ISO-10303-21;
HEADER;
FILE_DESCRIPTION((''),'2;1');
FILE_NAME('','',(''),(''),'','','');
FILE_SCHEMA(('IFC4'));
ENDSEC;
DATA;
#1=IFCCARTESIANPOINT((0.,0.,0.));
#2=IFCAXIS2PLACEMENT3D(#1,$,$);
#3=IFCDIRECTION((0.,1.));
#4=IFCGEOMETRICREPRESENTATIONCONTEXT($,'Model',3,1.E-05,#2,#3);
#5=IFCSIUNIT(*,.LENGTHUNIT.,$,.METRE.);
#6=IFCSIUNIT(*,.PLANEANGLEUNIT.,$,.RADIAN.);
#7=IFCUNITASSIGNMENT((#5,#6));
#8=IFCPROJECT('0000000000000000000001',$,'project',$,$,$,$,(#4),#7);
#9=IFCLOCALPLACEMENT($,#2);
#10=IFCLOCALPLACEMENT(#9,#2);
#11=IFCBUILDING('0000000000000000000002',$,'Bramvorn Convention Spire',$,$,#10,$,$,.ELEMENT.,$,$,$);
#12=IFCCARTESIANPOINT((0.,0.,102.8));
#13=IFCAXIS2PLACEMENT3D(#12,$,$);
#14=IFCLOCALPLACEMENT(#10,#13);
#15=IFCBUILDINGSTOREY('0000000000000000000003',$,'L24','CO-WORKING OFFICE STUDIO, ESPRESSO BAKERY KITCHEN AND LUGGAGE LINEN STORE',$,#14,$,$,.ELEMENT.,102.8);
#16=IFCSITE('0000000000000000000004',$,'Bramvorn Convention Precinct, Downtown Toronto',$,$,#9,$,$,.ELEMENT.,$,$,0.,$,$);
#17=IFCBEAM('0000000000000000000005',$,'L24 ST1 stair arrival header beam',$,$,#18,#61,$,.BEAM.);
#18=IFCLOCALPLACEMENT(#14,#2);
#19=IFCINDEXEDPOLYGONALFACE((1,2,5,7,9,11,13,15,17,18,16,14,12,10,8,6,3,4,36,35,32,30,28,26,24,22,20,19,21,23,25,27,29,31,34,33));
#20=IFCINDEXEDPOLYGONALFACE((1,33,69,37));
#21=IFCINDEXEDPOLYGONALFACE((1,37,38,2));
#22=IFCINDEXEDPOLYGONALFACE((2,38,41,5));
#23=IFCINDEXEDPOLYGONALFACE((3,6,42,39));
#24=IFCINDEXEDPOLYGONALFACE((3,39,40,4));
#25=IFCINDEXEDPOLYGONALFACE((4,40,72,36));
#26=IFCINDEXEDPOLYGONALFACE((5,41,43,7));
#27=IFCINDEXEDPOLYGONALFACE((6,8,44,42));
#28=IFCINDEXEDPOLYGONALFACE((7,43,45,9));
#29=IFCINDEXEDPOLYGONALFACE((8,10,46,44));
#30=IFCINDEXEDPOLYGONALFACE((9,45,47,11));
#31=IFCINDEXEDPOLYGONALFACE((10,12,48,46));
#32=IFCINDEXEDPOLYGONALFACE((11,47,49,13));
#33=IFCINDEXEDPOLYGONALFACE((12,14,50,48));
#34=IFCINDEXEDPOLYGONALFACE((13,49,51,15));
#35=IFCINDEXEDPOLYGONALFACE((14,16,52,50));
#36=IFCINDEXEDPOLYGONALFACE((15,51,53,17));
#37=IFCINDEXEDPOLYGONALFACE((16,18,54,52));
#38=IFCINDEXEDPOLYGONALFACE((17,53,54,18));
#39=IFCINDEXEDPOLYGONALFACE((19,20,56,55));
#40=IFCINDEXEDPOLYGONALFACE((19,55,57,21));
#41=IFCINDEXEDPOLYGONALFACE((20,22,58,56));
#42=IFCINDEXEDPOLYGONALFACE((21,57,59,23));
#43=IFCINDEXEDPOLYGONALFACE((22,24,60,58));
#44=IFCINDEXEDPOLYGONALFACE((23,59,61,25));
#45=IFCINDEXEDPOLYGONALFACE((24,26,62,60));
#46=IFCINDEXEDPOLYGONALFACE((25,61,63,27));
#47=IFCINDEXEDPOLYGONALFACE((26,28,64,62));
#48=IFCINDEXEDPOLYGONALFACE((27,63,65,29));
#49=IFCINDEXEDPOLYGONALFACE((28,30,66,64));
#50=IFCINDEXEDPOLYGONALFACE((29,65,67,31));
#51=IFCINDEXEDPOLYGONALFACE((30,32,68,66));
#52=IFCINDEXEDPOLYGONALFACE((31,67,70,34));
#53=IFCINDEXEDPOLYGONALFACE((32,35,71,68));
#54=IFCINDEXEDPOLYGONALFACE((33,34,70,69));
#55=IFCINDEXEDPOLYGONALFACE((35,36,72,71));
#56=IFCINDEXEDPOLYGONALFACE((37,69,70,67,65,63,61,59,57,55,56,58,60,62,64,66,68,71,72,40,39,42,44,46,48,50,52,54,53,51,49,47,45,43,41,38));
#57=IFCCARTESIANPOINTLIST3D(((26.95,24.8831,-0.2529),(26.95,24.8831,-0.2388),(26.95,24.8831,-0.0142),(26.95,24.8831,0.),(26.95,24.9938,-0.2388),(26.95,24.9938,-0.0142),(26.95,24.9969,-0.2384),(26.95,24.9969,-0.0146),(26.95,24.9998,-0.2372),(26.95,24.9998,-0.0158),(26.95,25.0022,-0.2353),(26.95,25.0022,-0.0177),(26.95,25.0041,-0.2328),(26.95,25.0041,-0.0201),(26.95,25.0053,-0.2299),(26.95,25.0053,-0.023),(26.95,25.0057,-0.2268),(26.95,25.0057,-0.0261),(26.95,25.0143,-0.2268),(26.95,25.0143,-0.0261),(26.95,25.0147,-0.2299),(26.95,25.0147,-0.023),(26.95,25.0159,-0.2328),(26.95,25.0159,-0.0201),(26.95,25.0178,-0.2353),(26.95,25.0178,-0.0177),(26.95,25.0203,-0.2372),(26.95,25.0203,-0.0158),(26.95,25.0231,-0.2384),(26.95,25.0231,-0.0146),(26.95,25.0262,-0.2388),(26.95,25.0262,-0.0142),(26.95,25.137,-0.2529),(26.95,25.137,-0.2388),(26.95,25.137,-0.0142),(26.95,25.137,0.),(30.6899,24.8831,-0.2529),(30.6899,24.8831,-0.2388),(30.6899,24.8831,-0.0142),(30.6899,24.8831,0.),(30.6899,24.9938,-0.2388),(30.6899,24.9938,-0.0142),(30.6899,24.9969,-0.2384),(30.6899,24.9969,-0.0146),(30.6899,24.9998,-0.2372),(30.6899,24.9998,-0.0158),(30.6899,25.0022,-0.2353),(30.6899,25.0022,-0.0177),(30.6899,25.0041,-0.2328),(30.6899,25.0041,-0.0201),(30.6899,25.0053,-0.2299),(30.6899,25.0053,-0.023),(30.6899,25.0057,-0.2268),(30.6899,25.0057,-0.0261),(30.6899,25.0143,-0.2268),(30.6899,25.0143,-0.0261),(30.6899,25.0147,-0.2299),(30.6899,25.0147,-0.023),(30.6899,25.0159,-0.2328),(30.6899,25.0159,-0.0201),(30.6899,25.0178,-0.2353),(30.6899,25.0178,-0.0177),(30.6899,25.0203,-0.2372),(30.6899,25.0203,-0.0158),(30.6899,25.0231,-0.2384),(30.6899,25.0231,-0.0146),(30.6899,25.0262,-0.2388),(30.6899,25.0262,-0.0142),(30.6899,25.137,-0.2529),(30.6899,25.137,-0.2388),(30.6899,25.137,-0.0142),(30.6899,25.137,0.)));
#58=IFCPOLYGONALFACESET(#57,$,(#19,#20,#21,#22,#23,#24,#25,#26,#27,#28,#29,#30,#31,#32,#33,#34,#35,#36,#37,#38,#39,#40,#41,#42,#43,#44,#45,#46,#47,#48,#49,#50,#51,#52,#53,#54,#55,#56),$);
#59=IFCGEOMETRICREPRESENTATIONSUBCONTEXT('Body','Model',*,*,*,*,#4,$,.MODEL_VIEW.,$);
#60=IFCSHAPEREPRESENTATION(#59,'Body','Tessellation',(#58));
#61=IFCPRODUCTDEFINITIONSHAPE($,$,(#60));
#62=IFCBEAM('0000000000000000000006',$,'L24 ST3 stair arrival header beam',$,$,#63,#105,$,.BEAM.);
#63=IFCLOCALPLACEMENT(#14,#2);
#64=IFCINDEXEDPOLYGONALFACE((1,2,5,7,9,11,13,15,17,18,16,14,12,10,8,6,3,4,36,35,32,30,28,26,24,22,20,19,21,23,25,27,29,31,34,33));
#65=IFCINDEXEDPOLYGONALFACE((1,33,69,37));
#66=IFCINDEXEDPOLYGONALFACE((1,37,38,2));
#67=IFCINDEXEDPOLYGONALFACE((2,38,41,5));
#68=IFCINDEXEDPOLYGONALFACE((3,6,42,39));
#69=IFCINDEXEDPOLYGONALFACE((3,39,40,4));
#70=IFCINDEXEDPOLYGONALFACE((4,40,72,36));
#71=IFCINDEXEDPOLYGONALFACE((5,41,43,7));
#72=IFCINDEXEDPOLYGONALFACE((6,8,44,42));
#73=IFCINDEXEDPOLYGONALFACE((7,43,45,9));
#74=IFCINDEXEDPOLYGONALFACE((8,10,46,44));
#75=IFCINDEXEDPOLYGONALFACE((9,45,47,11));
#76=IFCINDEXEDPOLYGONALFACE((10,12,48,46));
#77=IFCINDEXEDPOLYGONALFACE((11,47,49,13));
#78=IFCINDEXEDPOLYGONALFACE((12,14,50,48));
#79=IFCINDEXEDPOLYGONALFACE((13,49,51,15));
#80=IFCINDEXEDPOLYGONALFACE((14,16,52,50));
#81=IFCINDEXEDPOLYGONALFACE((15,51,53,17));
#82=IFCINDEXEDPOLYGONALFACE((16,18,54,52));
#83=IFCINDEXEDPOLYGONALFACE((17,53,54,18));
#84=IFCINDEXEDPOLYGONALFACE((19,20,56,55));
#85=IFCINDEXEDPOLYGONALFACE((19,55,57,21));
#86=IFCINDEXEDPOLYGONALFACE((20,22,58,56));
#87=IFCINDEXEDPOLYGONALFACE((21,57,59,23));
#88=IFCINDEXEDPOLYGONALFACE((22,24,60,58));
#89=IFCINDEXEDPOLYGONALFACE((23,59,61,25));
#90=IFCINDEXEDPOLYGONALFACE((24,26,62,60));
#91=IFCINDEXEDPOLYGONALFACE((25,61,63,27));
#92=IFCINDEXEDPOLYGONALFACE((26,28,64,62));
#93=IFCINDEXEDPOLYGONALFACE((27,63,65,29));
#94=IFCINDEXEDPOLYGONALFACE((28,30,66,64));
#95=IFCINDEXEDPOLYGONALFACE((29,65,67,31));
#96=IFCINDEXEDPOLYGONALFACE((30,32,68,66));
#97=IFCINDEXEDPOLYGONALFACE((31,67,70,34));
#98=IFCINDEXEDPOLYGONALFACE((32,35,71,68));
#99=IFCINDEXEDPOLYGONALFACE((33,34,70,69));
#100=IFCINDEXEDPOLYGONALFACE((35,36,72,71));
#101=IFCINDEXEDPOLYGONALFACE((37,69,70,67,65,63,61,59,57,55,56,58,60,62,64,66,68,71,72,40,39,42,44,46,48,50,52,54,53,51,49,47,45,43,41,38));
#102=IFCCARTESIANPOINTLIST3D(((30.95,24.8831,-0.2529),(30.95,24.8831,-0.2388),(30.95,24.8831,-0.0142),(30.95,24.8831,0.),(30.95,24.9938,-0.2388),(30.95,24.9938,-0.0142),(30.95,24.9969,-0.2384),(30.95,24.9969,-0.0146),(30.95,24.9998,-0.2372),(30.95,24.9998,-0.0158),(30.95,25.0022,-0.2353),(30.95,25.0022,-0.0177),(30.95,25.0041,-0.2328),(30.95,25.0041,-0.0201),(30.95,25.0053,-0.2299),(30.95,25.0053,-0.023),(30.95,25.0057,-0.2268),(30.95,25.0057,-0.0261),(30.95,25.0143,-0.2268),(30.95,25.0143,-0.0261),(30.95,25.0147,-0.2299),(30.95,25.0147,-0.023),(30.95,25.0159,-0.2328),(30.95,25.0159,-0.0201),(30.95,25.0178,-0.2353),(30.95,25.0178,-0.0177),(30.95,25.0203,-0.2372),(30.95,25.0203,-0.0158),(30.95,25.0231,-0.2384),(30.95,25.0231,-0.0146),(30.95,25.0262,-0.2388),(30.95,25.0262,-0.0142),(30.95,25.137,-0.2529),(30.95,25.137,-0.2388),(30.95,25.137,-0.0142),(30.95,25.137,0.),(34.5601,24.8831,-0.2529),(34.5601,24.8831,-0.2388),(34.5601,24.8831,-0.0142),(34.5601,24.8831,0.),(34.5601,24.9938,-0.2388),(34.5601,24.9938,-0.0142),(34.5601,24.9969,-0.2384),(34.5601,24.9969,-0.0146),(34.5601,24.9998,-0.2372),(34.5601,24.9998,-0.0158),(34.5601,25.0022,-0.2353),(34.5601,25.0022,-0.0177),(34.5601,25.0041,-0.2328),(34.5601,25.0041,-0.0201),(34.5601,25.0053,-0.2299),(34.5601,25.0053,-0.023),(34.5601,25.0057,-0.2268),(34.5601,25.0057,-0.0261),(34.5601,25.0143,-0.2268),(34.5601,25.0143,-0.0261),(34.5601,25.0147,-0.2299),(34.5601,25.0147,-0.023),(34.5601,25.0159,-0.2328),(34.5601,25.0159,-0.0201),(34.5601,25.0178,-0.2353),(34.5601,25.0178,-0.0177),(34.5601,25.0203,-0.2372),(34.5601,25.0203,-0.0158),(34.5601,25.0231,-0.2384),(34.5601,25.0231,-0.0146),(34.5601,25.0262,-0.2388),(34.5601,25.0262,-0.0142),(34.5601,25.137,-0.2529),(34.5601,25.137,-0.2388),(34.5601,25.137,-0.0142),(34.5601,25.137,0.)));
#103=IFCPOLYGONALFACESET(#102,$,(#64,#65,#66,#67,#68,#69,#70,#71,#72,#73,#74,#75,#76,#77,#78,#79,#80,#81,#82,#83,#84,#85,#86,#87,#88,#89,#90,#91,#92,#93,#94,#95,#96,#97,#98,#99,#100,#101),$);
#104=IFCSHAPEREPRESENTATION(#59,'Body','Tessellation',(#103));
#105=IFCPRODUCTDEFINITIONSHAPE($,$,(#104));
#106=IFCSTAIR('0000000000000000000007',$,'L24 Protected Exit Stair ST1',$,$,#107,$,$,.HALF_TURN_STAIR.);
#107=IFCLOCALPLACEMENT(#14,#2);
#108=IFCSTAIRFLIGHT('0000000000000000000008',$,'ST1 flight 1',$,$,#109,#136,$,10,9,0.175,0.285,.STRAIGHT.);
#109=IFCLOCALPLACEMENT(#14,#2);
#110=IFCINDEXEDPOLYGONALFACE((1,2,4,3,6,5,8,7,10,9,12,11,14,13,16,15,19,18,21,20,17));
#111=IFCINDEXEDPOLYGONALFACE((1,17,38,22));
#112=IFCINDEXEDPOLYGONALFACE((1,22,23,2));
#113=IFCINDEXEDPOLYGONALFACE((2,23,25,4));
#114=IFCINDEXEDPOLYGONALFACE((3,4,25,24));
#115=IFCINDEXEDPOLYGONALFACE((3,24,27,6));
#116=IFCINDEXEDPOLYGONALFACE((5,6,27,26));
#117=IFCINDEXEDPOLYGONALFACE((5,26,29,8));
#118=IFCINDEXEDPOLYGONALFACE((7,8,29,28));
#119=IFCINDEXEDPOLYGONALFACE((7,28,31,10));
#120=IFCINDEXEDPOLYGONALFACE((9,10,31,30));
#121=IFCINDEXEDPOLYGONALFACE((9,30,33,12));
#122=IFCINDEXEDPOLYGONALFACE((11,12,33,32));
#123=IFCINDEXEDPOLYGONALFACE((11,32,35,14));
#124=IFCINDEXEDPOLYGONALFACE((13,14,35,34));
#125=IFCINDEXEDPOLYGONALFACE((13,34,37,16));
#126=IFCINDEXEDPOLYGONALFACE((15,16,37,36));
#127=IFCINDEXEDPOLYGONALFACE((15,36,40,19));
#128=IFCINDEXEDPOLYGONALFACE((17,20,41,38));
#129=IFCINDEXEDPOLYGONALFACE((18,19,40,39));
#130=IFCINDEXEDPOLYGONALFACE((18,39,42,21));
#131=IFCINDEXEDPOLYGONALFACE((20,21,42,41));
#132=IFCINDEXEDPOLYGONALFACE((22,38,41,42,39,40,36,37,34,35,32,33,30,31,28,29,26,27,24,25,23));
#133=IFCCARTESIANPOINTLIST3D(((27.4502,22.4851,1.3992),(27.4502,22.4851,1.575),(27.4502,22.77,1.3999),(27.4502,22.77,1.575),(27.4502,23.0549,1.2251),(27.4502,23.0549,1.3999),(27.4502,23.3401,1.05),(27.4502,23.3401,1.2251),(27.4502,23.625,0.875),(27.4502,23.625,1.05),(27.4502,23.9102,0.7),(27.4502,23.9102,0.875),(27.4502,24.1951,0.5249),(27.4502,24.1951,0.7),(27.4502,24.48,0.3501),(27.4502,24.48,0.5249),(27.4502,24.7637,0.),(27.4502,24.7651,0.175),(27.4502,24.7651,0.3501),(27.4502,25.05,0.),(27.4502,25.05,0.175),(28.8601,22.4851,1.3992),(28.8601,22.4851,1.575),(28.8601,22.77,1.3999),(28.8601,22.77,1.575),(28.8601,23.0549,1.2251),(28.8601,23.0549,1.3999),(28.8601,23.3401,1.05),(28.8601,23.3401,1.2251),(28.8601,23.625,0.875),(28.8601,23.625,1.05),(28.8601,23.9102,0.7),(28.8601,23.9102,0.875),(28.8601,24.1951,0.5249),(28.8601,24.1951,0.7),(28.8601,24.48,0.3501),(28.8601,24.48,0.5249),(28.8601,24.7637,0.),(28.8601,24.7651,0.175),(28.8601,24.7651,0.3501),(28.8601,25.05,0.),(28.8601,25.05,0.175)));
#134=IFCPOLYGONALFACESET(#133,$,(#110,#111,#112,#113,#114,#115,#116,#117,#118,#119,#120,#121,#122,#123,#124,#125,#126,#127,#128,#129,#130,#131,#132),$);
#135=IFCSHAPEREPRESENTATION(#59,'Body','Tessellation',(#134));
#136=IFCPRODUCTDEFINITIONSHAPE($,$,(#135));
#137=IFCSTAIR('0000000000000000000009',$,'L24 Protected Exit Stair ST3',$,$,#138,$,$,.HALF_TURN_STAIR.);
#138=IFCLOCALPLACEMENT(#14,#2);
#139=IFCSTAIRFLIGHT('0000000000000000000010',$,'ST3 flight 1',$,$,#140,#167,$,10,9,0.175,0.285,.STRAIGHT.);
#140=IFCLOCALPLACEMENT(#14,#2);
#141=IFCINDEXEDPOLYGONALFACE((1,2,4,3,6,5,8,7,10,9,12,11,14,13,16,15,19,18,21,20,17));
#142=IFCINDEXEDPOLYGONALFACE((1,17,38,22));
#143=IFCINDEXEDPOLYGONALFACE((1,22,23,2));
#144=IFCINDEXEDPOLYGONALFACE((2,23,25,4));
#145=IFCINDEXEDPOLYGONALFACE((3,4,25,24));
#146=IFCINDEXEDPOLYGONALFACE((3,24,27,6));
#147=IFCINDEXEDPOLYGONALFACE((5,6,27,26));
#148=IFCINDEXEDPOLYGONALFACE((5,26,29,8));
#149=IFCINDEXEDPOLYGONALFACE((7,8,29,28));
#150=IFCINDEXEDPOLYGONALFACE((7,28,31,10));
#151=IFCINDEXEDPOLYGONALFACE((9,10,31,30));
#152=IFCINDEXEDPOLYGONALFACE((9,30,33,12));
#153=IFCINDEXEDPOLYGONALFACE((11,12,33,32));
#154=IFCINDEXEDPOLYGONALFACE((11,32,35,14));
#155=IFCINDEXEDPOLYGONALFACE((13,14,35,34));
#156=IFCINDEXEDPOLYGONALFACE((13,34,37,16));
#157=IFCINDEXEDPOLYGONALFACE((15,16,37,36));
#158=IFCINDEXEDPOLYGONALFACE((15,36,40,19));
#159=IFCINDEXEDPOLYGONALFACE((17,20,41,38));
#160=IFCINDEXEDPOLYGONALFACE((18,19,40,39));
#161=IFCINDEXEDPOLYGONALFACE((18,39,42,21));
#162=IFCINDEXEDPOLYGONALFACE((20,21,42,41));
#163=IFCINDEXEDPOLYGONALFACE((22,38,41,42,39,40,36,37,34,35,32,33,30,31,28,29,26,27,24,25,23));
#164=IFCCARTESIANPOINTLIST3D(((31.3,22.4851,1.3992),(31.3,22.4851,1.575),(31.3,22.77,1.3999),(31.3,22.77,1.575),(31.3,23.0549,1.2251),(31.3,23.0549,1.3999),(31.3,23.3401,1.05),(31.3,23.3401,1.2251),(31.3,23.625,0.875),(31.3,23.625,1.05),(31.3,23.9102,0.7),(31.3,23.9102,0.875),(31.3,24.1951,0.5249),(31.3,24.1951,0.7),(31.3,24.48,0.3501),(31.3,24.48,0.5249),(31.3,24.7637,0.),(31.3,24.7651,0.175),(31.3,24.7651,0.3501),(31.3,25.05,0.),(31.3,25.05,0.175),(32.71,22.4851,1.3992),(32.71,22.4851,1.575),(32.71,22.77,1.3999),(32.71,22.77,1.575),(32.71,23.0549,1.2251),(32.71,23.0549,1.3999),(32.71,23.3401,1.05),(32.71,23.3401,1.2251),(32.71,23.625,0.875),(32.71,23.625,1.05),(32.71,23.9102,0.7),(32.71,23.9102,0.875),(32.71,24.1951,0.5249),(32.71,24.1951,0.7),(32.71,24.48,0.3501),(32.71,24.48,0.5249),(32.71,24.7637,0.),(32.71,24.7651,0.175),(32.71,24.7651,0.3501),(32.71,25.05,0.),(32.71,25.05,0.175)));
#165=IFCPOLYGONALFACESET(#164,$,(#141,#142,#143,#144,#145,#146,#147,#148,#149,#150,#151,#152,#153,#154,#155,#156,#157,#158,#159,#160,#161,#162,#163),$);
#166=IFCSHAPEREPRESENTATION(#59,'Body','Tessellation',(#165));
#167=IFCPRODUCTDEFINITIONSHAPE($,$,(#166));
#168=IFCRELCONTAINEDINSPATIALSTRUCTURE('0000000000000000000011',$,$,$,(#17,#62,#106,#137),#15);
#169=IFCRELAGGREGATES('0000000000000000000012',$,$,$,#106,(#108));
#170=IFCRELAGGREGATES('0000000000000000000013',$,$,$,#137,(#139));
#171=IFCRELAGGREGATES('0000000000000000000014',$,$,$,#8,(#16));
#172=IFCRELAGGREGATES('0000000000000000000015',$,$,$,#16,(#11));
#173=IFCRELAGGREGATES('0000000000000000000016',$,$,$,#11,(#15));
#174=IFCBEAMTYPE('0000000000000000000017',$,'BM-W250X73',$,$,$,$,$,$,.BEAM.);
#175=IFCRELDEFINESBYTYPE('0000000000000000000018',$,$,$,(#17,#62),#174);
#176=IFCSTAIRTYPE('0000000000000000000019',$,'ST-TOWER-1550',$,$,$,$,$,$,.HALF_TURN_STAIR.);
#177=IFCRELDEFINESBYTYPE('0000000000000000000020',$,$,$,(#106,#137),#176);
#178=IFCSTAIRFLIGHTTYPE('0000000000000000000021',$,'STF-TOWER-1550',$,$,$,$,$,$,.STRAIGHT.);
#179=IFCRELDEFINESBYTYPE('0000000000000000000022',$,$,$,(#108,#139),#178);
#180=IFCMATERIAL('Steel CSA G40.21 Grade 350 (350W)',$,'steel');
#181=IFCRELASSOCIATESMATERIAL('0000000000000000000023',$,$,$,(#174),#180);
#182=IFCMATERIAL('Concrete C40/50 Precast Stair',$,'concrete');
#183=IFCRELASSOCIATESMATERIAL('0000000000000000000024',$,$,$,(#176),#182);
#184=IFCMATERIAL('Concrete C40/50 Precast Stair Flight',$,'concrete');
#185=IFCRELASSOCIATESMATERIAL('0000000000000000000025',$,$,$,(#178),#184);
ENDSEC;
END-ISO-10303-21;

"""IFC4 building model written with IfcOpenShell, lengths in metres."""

from ifc_helpers import new_model, si_unit, direction, frame, origin, origin_2d, place, context, subcontext, project, spatial, polyline, i_section, outline, extrude, material, material_profile, profile_set, type_object, element, aggregate, save


model = new_model("IFC4")

# Units and contexts
model_context = context("Model", 3, precision=1e-05, world=origin(), true_north=direction((0.0, 1.0)))
body_context = subcontext(model_context, "Body", "Model", "MODEL_VIEW")
ifc_project = project(units=[si_unit("LENGTHUNIT", "METRE"), si_unit("PLANEANGLEUNIT", "RADIAN")], contexts=[model_context])

# Site, building, storey
site_placement = place(None, origin())
site = spatial("IfcSite", under=ifc_project, at=site_placement, Name="Bramvorn Convention Precinct, Downtown Toronto", CompositionType="ELEMENT", RefElevation=0.0)
building_placement = place(site_placement, origin())
building = spatial("IfcBuilding", under=site, at=building_placement, Name="Bramvorn Convention Spire", CompositionType="ELEMENT")
storey_placement = place(building_placement, frame((0.0, 0.0, 102.8)))
storey = spatial("IfcBuildingStorey", under=building, at=storey_placement, Name="L24", Description="CO-WORKING OFFICE STUDIO, ESPRESSO BAKERY KITCHEN AND LUGGAGE LINEN STORE", CompositionType="ELEMENT", Elevation=102.8)

# Beams
ifc_material_1 = material(Name="Steel CSA G40.21 Grade 350 (350W)", Category="steel")
ifc_material_profile = material_profile(ifc_material_1, i_section(OverallWidth=0.2539, OverallDepth=0.2529, WebThickness=0.0085, FlangeThickness=0.0142, FilletRadius=0.012, at=origin_2d()))
ifc_profile_set = profile_set([ifc_material_profile], Name="Steel CSA G40.21 Grade 350 (350W) - W250X73")
beam_type = type_object("IfcBeamType", Name="BM-W250X73", PredefinedType="BEAM", material=ifc_profile_set)
beam_1_placement = place(storey_placement, frame((26.95, 25.01, -0.1265), z_axis=(1.0, 0.0, 0.0), x_axis=(0.0, 1.0, 0.0)))
element("IfcBeam", 1, at=beam_1_placement, inside=storey, type_object=beam_type, Name="L24 ST1 stair arrival header beam", PredefinedType="BEAM", context=body_context, shape_type="SweptSolid", body=[
    extrude(i_section(OverallWidth=0.2539, OverallDepth=0.2529, WebThickness=0.0085, FlangeThickness=0.0142, FilletRadius=0.012, at=origin_2d()), origin(), (0.0, 0.0, 1.0), 3.74),
])
beam_2_placement = place(storey_placement, frame((30.95, 25.01, -0.1265), z_axis=(1.0, 0.0, 0.0), x_axis=(0.0, 1.0, 0.0)))
element("IfcBeam", 2, at=beam_2_placement, inside=storey, type_object=beam_type, Name="L24 ST3 stair arrival header beam", PredefinedType="BEAM", context=body_context, shape_type="SweptSolid", body=[
    extrude(i_section(OverallWidth=0.2539, OverallDepth=0.2529, WebThickness=0.0085, FlangeThickness=0.0142, FilletRadius=0.012, at=origin_2d()), origin(), (0.0, 0.0, 1.0), 3.6101),
])

# Stairs, stair flights
ifc_material_2 = material(Name="Concrete C40/50 Precast Stair", Category="concrete")
stair_type = type_object("IfcStairType", Name="ST-TOWER-1550", PredefinedType="HALF_TURN_STAIR", material=ifc_material_2)
stair_1_placement = place(storey_placement, origin())
stair_1 = element("IfcStair", 3, at=stair_1_placement, inside=storey, type_object=stair_type, Name="L24 Protected Exit Stair ST1", PredefinedType="HALF_TURN_STAIR")
ifc_material_3 = material(Name="Concrete C40/50 Precast Stair Flight", Category="concrete")
stair_flight_type = type_object("IfcStairFlightType", Name="STF-TOWER-1550", PredefinedType="STRAIGHT", material=ifc_material_3)
stair_flight_1_placement = place(storey_placement, frame((28.155, 25.05, 0.0), z_axis=(0.0, 0.0, 1.0), x_axis=(0.0, -1.0, 0.0)))
stair_flight_1 = element("IfcStairFlight", 4, at=stair_flight_1_placement, type_object=stair_flight_type, Name="ST1 flight 1", NumberOfRisers=10, NumberOfTreads=9, PredefinedType="STRAIGHT", RiserHeight=0.175, TreadLength=0.285, context=body_context, shape_type="SweptSolid", body=[
    extrude(outline(polyline([(0.0, 0.0), (0.0, 0.175), (0.2849, 0.175), (0.2849, 0.3501), (0.5701, 0.3501), (0.5701, 0.5249), (0.855, 0.5249), (0.855, 0.7), (1.1399, 0.7), (1.1399, 0.875), (1.425, 0.875), (1.425, 1.05), (1.71, 1.05), (1.71, 1.2251), (1.9951, 1.2251), (1.9951, 1.3999), (2.28, 1.3999), (2.28, 1.575), (2.5649, 1.575), (2.5649, 1.75), (2.5649, 1.3992), (0.2864, 0.0), (0.0, 0.0)])), frame((0.0, 0.7051, 0.0), z_axis=(0.0, -1.0, 0.0), x_axis=(1.0, 0.0, 0.0)), (0.0, 0.0, 1.0), 1.4099),
])
aggregate(stair_1, [stair_flight_1])
stair_2_placement = place(storey_placement, origin())
stair_2 = element("IfcStair", 5, at=stair_2_placement, inside=storey, type_object=stair_type, Name="L24 Protected Exit Stair ST3", PredefinedType="HALF_TURN_STAIR")
stair_flight_2_placement = place(storey_placement, frame((32.0049, 25.05, 0.0), z_axis=(0.0, 0.0, 1.0), x_axis=(0.0, -1.0, 0.0)))
stair_flight_2 = element("IfcStairFlight", 6, at=stair_flight_2_placement, type_object=stair_flight_type, Name="ST3 flight 1", NumberOfRisers=10, NumberOfTreads=9, PredefinedType="STRAIGHT", RiserHeight=0.175, TreadLength=0.285, context=body_context, shape_type="SweptSolid", body=[
    extrude(outline(polyline([(0.0, 0.0), (0.0, 0.175), (0.2849, 0.175), (0.2849, 0.3501), (0.5701, 0.3501), (0.5701, 0.5249), (0.855, 0.5249), (0.855, 0.7), (1.1399, 0.7), (1.1399, 0.875), (1.425, 0.875), (1.425, 1.05), (1.71, 1.05), (1.71, 1.2251), (1.9951, 1.2251), (1.9951, 1.3999), (2.28, 1.3999), (2.28, 1.575), (2.5649, 1.575), (2.5649, 1.75), (2.5649, 1.3992), (0.2864, 0.0), (0.0, 0.0)])), frame((0.0, 0.7051, 0.0), z_axis=(0.0, -1.0, 0.0), x_axis=(1.0, 0.0, 0.0)), (0.0, 0.0, 1.0), 1.4099),
])
aggregate(stair_2, [stair_flight_2])

save(model, "model.ifc")
